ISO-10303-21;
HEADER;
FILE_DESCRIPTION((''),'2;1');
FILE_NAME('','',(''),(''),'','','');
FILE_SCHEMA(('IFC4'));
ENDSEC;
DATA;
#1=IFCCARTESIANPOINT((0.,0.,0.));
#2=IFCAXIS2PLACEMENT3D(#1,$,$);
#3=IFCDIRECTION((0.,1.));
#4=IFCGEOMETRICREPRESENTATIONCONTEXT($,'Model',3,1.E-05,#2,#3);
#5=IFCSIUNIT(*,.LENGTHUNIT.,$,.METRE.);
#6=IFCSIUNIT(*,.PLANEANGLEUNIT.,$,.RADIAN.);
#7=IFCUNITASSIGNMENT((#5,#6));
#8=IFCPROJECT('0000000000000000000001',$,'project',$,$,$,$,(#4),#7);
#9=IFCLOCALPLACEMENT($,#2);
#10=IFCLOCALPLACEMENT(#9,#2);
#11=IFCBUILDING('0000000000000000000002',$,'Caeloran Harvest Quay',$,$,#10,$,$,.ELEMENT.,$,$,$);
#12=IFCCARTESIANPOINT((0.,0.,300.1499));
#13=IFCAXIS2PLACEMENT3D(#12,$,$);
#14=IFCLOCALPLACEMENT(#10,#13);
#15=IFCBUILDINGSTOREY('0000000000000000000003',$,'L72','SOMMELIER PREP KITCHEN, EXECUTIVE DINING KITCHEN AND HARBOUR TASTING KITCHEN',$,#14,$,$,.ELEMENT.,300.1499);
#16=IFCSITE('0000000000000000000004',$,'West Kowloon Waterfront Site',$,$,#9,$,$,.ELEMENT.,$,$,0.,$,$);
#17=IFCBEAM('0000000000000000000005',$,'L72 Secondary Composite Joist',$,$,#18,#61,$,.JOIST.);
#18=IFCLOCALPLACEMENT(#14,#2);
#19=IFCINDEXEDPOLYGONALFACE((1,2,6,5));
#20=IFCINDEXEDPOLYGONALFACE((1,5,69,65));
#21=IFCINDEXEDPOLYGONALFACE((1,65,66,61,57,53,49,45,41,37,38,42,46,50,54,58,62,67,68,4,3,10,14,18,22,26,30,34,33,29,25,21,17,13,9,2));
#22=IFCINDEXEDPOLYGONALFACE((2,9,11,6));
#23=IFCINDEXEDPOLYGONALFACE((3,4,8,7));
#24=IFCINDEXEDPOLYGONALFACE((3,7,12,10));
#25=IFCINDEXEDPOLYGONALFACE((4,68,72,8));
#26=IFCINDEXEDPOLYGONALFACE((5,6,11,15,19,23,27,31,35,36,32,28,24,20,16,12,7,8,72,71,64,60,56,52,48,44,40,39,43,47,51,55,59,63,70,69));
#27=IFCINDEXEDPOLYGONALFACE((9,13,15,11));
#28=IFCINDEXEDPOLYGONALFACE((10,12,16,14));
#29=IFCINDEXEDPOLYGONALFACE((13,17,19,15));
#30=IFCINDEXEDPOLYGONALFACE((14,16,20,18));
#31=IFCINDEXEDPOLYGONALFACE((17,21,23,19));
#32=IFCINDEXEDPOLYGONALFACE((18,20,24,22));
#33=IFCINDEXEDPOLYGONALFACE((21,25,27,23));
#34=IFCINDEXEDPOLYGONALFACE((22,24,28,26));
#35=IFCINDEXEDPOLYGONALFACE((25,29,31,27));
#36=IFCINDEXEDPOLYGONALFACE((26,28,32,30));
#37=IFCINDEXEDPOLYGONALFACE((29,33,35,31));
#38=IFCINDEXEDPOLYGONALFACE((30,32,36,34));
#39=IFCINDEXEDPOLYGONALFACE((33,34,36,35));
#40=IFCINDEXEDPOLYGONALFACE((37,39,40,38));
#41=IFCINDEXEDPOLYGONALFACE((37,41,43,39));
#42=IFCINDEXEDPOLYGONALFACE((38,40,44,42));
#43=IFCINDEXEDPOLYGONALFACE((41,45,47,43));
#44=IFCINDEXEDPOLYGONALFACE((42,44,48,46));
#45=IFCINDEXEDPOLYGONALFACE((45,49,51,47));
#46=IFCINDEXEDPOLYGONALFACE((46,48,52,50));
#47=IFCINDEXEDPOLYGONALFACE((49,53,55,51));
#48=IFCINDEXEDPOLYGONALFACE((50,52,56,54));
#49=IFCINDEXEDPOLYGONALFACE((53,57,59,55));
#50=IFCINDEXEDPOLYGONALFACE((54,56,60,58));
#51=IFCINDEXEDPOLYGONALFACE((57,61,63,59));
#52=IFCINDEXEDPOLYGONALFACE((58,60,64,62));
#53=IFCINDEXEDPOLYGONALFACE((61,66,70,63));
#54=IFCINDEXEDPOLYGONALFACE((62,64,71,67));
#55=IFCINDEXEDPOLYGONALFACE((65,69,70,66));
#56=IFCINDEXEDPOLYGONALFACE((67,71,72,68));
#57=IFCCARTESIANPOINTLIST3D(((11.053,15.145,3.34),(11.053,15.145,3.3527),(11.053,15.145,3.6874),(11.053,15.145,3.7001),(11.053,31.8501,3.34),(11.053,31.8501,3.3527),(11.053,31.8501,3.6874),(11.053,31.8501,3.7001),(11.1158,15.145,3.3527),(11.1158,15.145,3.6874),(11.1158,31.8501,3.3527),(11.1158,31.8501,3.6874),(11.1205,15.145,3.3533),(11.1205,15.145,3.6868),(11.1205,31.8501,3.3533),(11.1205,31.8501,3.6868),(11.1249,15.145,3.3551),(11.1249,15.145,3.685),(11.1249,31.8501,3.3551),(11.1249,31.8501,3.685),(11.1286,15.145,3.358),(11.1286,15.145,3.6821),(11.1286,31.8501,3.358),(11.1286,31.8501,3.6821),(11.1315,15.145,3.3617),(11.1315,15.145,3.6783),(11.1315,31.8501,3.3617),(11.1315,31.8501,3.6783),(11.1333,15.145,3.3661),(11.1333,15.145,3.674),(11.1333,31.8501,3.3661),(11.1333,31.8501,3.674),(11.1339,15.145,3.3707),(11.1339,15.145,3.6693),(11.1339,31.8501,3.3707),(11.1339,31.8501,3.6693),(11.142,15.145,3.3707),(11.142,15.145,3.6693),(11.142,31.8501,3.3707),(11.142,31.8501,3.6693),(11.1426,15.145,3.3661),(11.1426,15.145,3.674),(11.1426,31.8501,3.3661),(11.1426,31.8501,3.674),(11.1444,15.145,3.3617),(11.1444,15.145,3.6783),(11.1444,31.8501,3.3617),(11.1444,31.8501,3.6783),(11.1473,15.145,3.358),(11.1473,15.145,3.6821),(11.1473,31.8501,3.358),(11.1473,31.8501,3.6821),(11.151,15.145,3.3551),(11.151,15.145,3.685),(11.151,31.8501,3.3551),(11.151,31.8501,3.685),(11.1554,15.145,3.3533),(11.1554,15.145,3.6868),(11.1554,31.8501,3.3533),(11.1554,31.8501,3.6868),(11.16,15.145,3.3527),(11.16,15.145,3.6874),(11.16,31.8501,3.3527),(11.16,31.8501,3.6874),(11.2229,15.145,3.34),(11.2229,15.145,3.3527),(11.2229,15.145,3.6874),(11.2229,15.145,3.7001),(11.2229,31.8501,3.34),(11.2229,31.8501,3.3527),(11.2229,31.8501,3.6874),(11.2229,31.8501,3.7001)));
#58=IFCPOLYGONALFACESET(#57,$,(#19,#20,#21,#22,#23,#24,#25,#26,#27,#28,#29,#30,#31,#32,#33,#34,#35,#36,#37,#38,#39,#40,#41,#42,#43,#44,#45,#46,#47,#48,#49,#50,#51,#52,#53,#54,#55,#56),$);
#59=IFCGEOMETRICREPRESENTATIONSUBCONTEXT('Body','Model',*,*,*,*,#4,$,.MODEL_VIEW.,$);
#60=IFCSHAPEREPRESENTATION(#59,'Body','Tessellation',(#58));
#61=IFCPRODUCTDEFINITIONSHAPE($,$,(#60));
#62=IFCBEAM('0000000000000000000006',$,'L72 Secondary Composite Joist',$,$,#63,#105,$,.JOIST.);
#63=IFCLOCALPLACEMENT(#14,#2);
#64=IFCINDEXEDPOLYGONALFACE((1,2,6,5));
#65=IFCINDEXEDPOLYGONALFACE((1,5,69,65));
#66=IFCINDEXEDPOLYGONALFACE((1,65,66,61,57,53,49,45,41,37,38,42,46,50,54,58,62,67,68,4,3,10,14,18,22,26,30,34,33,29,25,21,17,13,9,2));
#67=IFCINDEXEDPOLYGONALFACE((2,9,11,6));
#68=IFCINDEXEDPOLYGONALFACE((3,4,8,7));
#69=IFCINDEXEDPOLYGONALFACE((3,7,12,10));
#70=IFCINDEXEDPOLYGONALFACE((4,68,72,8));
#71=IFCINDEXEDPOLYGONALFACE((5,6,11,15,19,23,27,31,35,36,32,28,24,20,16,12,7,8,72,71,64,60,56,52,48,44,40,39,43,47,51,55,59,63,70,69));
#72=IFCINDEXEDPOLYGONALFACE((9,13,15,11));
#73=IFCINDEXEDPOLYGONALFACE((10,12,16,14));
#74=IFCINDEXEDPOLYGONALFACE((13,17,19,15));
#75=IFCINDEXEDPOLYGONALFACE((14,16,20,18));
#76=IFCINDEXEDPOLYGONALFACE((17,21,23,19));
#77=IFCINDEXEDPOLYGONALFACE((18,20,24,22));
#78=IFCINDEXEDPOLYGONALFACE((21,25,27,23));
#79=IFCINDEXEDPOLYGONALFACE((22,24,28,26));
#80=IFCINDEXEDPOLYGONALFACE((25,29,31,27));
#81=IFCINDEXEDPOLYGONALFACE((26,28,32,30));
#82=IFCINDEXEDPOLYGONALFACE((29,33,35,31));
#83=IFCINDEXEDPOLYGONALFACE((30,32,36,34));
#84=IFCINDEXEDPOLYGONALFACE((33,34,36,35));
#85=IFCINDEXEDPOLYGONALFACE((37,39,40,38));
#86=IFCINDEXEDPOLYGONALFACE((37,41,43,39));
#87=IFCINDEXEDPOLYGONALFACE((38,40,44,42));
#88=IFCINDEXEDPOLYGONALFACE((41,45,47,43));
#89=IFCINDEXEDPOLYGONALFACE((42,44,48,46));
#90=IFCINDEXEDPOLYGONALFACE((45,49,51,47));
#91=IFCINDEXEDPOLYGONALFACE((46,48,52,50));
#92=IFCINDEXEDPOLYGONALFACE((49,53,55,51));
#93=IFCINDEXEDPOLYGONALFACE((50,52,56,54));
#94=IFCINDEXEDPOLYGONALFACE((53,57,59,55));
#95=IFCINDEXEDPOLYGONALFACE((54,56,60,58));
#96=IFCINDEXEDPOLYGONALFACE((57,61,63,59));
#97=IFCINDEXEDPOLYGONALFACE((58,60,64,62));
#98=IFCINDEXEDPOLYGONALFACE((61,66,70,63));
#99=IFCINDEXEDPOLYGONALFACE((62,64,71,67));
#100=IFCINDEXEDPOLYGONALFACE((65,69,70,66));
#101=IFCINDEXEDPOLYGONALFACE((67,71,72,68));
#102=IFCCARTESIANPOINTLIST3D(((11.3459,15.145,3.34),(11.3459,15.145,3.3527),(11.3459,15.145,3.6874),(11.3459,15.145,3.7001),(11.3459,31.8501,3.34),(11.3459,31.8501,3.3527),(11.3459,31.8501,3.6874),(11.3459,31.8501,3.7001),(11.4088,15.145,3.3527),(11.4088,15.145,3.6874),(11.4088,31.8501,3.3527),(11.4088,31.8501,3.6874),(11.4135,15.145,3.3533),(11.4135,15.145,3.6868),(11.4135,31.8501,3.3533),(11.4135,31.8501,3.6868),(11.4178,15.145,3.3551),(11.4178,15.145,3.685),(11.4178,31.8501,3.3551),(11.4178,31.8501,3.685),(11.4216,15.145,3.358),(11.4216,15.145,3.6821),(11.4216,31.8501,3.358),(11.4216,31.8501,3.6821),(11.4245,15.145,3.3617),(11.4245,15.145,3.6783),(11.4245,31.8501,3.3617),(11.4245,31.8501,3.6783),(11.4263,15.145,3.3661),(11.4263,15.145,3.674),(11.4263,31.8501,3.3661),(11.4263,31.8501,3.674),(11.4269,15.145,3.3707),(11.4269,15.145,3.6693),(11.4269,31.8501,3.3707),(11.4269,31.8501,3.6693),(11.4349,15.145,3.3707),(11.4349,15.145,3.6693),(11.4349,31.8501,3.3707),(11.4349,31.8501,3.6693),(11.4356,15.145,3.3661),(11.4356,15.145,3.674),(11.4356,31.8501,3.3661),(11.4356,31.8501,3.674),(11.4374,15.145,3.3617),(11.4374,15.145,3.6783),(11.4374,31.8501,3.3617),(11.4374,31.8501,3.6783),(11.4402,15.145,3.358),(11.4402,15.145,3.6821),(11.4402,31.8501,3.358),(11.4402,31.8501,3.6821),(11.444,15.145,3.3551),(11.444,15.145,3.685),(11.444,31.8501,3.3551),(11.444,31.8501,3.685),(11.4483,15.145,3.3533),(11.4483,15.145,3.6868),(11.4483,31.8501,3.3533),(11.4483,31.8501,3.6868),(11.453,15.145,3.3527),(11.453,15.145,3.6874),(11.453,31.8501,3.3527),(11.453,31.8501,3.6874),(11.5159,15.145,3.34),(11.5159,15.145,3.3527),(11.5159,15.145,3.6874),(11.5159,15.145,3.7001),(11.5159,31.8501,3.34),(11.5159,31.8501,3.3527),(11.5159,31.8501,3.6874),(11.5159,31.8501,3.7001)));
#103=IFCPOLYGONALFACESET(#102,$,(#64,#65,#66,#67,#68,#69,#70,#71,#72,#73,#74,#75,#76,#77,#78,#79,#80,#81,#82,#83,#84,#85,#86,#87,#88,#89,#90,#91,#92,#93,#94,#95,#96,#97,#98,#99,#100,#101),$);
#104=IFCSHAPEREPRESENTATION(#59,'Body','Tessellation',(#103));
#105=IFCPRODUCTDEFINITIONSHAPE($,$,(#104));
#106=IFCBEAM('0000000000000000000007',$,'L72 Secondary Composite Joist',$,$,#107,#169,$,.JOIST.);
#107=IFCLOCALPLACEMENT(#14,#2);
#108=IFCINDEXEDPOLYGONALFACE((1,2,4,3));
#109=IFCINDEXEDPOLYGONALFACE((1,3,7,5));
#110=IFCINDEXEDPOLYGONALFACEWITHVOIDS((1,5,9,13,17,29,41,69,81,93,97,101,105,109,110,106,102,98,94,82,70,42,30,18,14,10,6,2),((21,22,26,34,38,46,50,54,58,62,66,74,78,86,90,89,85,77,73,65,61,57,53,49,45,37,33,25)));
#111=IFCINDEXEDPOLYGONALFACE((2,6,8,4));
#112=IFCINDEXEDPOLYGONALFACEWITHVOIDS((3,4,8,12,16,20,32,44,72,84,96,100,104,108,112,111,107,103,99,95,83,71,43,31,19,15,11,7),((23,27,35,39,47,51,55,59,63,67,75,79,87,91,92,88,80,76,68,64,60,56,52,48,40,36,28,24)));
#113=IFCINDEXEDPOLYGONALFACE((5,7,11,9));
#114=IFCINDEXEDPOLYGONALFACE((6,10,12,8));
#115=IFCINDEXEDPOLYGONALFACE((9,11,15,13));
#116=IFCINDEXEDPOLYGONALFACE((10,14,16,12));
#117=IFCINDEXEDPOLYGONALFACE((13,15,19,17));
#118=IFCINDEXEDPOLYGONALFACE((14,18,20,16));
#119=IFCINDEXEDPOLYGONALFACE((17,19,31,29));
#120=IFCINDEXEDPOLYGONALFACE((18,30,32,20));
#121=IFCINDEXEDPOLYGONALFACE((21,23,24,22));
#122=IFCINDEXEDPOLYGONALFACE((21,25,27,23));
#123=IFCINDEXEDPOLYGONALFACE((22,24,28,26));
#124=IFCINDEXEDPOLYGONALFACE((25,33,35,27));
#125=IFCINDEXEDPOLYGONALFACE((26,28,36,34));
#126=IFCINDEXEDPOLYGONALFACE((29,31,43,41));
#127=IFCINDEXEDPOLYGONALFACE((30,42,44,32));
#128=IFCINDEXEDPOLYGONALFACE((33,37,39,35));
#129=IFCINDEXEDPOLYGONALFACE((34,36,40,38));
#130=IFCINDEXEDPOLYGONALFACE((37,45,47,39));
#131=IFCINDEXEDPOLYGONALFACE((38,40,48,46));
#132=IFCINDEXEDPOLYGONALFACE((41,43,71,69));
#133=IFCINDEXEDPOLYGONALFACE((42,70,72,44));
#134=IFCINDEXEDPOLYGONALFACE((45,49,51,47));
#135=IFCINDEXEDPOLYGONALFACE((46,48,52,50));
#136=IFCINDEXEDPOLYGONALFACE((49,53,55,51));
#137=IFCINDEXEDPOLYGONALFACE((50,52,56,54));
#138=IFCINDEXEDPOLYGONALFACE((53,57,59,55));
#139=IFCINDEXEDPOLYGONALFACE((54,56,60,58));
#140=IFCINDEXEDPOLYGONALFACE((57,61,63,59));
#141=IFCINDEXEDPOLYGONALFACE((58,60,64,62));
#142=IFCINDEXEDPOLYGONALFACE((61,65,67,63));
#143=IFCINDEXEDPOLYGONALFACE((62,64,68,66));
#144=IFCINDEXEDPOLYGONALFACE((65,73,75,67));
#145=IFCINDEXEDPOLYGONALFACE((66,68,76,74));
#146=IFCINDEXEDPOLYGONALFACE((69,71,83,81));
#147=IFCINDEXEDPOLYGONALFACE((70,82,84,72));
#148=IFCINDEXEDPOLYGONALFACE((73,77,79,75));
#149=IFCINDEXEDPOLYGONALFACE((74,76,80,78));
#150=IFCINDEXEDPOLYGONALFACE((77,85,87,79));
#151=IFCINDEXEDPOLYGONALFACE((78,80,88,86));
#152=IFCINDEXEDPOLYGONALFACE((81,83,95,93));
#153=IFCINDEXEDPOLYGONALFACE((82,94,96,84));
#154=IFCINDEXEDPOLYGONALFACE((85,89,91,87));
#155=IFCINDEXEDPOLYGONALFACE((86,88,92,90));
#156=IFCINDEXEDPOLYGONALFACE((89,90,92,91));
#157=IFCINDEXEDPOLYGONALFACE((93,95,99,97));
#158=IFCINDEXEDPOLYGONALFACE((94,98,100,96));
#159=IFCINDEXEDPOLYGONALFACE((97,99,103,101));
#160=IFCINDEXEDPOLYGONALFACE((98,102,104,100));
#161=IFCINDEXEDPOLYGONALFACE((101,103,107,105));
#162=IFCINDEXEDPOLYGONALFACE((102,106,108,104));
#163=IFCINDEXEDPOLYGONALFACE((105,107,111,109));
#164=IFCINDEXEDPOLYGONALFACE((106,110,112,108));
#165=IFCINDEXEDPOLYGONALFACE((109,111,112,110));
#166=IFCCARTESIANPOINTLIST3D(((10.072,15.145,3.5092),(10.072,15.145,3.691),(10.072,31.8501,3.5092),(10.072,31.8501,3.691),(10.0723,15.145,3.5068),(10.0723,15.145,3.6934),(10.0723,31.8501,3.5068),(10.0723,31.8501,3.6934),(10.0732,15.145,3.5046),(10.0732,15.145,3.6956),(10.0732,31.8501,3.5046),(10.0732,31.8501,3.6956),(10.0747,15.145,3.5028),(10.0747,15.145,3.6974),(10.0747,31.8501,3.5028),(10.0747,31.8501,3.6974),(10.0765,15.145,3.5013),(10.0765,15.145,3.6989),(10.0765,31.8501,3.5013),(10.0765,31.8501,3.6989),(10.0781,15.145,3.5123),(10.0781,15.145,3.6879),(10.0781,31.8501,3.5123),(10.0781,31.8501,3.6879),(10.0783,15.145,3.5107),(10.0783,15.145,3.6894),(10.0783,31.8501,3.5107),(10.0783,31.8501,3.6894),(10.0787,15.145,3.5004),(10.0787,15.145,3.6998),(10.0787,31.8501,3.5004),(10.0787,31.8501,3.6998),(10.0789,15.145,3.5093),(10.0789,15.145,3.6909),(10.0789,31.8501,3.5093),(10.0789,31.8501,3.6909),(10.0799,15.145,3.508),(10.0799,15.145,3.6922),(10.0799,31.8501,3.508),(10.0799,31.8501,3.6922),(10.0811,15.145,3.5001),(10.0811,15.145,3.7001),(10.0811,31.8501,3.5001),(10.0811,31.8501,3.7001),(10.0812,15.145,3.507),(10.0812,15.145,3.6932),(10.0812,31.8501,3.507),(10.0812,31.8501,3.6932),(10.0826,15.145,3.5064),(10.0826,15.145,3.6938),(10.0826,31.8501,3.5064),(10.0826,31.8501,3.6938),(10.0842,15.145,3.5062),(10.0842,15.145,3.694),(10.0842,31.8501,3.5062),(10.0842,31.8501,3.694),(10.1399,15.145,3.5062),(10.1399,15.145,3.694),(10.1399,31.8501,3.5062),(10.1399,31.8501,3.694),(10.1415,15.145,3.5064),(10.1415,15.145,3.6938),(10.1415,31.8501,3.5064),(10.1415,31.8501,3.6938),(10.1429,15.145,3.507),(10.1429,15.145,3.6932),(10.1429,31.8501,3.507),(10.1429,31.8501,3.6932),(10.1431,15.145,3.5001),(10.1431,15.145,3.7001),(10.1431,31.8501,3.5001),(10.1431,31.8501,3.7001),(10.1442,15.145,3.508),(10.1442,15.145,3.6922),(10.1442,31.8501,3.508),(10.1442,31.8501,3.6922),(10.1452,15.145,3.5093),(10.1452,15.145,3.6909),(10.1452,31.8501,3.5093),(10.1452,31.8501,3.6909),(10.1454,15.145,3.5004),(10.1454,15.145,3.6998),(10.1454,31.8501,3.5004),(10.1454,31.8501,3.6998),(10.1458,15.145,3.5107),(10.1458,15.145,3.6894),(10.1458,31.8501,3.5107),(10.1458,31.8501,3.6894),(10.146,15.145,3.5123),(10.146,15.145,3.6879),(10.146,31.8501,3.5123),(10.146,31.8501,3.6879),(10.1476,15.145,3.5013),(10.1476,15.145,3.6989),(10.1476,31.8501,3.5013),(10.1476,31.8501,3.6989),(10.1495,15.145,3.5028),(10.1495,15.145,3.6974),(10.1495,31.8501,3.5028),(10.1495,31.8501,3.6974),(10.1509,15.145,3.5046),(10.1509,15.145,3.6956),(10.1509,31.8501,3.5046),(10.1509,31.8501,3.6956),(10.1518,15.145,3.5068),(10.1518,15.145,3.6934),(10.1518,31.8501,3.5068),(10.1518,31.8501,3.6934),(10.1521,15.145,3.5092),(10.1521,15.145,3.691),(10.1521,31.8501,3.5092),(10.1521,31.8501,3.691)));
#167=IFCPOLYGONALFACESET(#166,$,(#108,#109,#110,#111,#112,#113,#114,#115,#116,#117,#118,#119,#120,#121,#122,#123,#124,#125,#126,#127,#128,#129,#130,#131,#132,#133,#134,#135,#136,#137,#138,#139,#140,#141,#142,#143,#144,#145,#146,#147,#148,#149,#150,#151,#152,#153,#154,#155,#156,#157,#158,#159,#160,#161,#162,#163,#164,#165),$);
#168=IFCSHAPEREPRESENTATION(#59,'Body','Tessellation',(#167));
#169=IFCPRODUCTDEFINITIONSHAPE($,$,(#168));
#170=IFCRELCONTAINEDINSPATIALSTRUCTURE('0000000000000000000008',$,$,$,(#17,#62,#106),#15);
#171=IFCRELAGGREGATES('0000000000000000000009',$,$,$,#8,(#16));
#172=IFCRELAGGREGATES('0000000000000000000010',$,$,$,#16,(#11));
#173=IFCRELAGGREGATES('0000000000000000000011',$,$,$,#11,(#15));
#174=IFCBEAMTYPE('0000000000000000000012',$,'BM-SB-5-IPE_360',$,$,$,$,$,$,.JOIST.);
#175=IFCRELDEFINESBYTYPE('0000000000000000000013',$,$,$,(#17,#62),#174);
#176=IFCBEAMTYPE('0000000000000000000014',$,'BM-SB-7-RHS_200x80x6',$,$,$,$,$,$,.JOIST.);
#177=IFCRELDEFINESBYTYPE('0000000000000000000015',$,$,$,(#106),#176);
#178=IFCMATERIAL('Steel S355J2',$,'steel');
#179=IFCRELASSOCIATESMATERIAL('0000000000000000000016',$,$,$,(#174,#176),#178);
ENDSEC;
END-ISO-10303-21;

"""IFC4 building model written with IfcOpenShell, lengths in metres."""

from ifc_helpers import new_model, si_unit, direction, frame, origin, origin_2d, place, context, subcontext, project, spatial, hollow_rectangle, i_section, extrude, material, material_profile, profile_set, type_object, element, save


model = new_model("IFC4")

# Units and contexts
model_context = context("Model", 3, precision=1e-05, world=origin(), true_north=direction((0.0, 1.0)))
body_context = subcontext(model_context, "Body", "Model", "MODEL_VIEW")
ifc_project = project(units=[si_unit("LENGTHUNIT", "METRE"), si_unit("PLANEANGLEUNIT", "RADIAN")], contexts=[model_context])

# Site, building, storey
site_placement = place(None, origin())
site = spatial("IfcSite", under=ifc_project, at=site_placement, Name="West Kowloon Waterfront Site", CompositionType="ELEMENT", RefElevation=0.0)
building_placement = place(site_placement, origin())
building = spatial("IfcBuilding", under=site, at=building_placement, Name="Caeloran Harvest Quay", CompositionType="ELEMENT")
storey_placement = place(building_placement, frame((0.0, 0.0, 300.1499)))
storey = spatial("IfcBuildingStorey", under=building, at=storey_placement, Name="L72", Description="SOMMELIER PREP KITCHEN, EXECUTIVE DINING KITCHEN AND HARBOUR TASTING KITCHEN", CompositionType="ELEMENT", Elevation=300.1499)

# Beams
ifc_material_1 = material(Name="Steel S355J2", Category="steel")
ifc_material_profile_1 = material_profile(ifc_material_1, i_section(OverallWidth=0.1699, OverallDepth=0.3601, WebThickness=0.0081, FlangeThickness=0.0127, FilletRadius=0.0181, at=origin_2d()), Name="IPE 360")
ifc_profile_set_1 = profile_set([ifc_material_profile_1], Name="Steel S355J2")
beam_type_1 = type_object("IfcBeamType", Name="BM-SB-5-IPE_360", PredefinedType="JOIST", material=ifc_profile_set_1)
for number, where, z_axis, x_axis, name in (
    (1, (11.1379, 15.145, 3.52), (0.0, 1.0, 0.0), (-1.0, 0.0, 0.0), "L72 Secondary Composite Joist"),
    (2, (11.4309, 15.145, 3.52), (0.0, 1.0, 0.0), (-1.0, 0.0, 0.0), "L72 Secondary Composite Joist"),
):
    element("IfcBeam", number, at=place(storey_placement, frame(where, z_axis=z_axis, x_axis=x_axis)), inside=storey, type_object=beam_type_1, Name=name, PredefinedType="JOIST", context=body_context, shape_type="SweptSolid", body=[
        extrude(i_section(OverallWidth=0.1699, OverallDepth=0.3601, WebThickness=0.0081, FlangeThickness=0.0127, FilletRadius=0.0181, at=origin_2d()), origin(), (0.0, 0.0, 1.0), 16.7051),
    ])
ifc_material_profile_2 = material_profile(ifc_material_1, hollow_rectangle(XDim=0.0801, YDim=0.2, WallThickness=0.0061, InnerFilletRadius=0.0061, OuterFilletRadius=0.009, at=origin_2d()), Name="RHS 200x80x6")
ifc_profile_set_2 = profile_set([ifc_material_profile_2], Name="Steel S355J2")
beam_type_2 = type_object("IfcBeamType", Name="BM-SB-7-RHS_200x80x6", PredefinedType="JOIST", material=ifc_profile_set_2)
for number, where, z_axis, x_axis, name in (
    (3, (10.1121, 15.145, 3.6001), (0.0, 1.0, 0.0), (-1.0, 0.0, 0.0), "L72 Secondary Composite Joist"),
):
    element("IfcBeam", number, at=place(storey_placement, frame(where, z_axis=z_axis, x_axis=x_axis)), inside=storey, type_object=beam_type_2, Name=name, PredefinedType="JOIST", context=body_context, shape_type="SweptSolid", body=[
        extrude(hollow_rectangle(XDim=0.0801, YDim=0.2, WallThickness=0.0061, InnerFilletRadius=0.0061, OuterFilletRadius=0.009, at=origin_2d()), origin(), (0.0, 0.0, 1.0), 16.7051),
    ])

save(model, "model.ifc")
